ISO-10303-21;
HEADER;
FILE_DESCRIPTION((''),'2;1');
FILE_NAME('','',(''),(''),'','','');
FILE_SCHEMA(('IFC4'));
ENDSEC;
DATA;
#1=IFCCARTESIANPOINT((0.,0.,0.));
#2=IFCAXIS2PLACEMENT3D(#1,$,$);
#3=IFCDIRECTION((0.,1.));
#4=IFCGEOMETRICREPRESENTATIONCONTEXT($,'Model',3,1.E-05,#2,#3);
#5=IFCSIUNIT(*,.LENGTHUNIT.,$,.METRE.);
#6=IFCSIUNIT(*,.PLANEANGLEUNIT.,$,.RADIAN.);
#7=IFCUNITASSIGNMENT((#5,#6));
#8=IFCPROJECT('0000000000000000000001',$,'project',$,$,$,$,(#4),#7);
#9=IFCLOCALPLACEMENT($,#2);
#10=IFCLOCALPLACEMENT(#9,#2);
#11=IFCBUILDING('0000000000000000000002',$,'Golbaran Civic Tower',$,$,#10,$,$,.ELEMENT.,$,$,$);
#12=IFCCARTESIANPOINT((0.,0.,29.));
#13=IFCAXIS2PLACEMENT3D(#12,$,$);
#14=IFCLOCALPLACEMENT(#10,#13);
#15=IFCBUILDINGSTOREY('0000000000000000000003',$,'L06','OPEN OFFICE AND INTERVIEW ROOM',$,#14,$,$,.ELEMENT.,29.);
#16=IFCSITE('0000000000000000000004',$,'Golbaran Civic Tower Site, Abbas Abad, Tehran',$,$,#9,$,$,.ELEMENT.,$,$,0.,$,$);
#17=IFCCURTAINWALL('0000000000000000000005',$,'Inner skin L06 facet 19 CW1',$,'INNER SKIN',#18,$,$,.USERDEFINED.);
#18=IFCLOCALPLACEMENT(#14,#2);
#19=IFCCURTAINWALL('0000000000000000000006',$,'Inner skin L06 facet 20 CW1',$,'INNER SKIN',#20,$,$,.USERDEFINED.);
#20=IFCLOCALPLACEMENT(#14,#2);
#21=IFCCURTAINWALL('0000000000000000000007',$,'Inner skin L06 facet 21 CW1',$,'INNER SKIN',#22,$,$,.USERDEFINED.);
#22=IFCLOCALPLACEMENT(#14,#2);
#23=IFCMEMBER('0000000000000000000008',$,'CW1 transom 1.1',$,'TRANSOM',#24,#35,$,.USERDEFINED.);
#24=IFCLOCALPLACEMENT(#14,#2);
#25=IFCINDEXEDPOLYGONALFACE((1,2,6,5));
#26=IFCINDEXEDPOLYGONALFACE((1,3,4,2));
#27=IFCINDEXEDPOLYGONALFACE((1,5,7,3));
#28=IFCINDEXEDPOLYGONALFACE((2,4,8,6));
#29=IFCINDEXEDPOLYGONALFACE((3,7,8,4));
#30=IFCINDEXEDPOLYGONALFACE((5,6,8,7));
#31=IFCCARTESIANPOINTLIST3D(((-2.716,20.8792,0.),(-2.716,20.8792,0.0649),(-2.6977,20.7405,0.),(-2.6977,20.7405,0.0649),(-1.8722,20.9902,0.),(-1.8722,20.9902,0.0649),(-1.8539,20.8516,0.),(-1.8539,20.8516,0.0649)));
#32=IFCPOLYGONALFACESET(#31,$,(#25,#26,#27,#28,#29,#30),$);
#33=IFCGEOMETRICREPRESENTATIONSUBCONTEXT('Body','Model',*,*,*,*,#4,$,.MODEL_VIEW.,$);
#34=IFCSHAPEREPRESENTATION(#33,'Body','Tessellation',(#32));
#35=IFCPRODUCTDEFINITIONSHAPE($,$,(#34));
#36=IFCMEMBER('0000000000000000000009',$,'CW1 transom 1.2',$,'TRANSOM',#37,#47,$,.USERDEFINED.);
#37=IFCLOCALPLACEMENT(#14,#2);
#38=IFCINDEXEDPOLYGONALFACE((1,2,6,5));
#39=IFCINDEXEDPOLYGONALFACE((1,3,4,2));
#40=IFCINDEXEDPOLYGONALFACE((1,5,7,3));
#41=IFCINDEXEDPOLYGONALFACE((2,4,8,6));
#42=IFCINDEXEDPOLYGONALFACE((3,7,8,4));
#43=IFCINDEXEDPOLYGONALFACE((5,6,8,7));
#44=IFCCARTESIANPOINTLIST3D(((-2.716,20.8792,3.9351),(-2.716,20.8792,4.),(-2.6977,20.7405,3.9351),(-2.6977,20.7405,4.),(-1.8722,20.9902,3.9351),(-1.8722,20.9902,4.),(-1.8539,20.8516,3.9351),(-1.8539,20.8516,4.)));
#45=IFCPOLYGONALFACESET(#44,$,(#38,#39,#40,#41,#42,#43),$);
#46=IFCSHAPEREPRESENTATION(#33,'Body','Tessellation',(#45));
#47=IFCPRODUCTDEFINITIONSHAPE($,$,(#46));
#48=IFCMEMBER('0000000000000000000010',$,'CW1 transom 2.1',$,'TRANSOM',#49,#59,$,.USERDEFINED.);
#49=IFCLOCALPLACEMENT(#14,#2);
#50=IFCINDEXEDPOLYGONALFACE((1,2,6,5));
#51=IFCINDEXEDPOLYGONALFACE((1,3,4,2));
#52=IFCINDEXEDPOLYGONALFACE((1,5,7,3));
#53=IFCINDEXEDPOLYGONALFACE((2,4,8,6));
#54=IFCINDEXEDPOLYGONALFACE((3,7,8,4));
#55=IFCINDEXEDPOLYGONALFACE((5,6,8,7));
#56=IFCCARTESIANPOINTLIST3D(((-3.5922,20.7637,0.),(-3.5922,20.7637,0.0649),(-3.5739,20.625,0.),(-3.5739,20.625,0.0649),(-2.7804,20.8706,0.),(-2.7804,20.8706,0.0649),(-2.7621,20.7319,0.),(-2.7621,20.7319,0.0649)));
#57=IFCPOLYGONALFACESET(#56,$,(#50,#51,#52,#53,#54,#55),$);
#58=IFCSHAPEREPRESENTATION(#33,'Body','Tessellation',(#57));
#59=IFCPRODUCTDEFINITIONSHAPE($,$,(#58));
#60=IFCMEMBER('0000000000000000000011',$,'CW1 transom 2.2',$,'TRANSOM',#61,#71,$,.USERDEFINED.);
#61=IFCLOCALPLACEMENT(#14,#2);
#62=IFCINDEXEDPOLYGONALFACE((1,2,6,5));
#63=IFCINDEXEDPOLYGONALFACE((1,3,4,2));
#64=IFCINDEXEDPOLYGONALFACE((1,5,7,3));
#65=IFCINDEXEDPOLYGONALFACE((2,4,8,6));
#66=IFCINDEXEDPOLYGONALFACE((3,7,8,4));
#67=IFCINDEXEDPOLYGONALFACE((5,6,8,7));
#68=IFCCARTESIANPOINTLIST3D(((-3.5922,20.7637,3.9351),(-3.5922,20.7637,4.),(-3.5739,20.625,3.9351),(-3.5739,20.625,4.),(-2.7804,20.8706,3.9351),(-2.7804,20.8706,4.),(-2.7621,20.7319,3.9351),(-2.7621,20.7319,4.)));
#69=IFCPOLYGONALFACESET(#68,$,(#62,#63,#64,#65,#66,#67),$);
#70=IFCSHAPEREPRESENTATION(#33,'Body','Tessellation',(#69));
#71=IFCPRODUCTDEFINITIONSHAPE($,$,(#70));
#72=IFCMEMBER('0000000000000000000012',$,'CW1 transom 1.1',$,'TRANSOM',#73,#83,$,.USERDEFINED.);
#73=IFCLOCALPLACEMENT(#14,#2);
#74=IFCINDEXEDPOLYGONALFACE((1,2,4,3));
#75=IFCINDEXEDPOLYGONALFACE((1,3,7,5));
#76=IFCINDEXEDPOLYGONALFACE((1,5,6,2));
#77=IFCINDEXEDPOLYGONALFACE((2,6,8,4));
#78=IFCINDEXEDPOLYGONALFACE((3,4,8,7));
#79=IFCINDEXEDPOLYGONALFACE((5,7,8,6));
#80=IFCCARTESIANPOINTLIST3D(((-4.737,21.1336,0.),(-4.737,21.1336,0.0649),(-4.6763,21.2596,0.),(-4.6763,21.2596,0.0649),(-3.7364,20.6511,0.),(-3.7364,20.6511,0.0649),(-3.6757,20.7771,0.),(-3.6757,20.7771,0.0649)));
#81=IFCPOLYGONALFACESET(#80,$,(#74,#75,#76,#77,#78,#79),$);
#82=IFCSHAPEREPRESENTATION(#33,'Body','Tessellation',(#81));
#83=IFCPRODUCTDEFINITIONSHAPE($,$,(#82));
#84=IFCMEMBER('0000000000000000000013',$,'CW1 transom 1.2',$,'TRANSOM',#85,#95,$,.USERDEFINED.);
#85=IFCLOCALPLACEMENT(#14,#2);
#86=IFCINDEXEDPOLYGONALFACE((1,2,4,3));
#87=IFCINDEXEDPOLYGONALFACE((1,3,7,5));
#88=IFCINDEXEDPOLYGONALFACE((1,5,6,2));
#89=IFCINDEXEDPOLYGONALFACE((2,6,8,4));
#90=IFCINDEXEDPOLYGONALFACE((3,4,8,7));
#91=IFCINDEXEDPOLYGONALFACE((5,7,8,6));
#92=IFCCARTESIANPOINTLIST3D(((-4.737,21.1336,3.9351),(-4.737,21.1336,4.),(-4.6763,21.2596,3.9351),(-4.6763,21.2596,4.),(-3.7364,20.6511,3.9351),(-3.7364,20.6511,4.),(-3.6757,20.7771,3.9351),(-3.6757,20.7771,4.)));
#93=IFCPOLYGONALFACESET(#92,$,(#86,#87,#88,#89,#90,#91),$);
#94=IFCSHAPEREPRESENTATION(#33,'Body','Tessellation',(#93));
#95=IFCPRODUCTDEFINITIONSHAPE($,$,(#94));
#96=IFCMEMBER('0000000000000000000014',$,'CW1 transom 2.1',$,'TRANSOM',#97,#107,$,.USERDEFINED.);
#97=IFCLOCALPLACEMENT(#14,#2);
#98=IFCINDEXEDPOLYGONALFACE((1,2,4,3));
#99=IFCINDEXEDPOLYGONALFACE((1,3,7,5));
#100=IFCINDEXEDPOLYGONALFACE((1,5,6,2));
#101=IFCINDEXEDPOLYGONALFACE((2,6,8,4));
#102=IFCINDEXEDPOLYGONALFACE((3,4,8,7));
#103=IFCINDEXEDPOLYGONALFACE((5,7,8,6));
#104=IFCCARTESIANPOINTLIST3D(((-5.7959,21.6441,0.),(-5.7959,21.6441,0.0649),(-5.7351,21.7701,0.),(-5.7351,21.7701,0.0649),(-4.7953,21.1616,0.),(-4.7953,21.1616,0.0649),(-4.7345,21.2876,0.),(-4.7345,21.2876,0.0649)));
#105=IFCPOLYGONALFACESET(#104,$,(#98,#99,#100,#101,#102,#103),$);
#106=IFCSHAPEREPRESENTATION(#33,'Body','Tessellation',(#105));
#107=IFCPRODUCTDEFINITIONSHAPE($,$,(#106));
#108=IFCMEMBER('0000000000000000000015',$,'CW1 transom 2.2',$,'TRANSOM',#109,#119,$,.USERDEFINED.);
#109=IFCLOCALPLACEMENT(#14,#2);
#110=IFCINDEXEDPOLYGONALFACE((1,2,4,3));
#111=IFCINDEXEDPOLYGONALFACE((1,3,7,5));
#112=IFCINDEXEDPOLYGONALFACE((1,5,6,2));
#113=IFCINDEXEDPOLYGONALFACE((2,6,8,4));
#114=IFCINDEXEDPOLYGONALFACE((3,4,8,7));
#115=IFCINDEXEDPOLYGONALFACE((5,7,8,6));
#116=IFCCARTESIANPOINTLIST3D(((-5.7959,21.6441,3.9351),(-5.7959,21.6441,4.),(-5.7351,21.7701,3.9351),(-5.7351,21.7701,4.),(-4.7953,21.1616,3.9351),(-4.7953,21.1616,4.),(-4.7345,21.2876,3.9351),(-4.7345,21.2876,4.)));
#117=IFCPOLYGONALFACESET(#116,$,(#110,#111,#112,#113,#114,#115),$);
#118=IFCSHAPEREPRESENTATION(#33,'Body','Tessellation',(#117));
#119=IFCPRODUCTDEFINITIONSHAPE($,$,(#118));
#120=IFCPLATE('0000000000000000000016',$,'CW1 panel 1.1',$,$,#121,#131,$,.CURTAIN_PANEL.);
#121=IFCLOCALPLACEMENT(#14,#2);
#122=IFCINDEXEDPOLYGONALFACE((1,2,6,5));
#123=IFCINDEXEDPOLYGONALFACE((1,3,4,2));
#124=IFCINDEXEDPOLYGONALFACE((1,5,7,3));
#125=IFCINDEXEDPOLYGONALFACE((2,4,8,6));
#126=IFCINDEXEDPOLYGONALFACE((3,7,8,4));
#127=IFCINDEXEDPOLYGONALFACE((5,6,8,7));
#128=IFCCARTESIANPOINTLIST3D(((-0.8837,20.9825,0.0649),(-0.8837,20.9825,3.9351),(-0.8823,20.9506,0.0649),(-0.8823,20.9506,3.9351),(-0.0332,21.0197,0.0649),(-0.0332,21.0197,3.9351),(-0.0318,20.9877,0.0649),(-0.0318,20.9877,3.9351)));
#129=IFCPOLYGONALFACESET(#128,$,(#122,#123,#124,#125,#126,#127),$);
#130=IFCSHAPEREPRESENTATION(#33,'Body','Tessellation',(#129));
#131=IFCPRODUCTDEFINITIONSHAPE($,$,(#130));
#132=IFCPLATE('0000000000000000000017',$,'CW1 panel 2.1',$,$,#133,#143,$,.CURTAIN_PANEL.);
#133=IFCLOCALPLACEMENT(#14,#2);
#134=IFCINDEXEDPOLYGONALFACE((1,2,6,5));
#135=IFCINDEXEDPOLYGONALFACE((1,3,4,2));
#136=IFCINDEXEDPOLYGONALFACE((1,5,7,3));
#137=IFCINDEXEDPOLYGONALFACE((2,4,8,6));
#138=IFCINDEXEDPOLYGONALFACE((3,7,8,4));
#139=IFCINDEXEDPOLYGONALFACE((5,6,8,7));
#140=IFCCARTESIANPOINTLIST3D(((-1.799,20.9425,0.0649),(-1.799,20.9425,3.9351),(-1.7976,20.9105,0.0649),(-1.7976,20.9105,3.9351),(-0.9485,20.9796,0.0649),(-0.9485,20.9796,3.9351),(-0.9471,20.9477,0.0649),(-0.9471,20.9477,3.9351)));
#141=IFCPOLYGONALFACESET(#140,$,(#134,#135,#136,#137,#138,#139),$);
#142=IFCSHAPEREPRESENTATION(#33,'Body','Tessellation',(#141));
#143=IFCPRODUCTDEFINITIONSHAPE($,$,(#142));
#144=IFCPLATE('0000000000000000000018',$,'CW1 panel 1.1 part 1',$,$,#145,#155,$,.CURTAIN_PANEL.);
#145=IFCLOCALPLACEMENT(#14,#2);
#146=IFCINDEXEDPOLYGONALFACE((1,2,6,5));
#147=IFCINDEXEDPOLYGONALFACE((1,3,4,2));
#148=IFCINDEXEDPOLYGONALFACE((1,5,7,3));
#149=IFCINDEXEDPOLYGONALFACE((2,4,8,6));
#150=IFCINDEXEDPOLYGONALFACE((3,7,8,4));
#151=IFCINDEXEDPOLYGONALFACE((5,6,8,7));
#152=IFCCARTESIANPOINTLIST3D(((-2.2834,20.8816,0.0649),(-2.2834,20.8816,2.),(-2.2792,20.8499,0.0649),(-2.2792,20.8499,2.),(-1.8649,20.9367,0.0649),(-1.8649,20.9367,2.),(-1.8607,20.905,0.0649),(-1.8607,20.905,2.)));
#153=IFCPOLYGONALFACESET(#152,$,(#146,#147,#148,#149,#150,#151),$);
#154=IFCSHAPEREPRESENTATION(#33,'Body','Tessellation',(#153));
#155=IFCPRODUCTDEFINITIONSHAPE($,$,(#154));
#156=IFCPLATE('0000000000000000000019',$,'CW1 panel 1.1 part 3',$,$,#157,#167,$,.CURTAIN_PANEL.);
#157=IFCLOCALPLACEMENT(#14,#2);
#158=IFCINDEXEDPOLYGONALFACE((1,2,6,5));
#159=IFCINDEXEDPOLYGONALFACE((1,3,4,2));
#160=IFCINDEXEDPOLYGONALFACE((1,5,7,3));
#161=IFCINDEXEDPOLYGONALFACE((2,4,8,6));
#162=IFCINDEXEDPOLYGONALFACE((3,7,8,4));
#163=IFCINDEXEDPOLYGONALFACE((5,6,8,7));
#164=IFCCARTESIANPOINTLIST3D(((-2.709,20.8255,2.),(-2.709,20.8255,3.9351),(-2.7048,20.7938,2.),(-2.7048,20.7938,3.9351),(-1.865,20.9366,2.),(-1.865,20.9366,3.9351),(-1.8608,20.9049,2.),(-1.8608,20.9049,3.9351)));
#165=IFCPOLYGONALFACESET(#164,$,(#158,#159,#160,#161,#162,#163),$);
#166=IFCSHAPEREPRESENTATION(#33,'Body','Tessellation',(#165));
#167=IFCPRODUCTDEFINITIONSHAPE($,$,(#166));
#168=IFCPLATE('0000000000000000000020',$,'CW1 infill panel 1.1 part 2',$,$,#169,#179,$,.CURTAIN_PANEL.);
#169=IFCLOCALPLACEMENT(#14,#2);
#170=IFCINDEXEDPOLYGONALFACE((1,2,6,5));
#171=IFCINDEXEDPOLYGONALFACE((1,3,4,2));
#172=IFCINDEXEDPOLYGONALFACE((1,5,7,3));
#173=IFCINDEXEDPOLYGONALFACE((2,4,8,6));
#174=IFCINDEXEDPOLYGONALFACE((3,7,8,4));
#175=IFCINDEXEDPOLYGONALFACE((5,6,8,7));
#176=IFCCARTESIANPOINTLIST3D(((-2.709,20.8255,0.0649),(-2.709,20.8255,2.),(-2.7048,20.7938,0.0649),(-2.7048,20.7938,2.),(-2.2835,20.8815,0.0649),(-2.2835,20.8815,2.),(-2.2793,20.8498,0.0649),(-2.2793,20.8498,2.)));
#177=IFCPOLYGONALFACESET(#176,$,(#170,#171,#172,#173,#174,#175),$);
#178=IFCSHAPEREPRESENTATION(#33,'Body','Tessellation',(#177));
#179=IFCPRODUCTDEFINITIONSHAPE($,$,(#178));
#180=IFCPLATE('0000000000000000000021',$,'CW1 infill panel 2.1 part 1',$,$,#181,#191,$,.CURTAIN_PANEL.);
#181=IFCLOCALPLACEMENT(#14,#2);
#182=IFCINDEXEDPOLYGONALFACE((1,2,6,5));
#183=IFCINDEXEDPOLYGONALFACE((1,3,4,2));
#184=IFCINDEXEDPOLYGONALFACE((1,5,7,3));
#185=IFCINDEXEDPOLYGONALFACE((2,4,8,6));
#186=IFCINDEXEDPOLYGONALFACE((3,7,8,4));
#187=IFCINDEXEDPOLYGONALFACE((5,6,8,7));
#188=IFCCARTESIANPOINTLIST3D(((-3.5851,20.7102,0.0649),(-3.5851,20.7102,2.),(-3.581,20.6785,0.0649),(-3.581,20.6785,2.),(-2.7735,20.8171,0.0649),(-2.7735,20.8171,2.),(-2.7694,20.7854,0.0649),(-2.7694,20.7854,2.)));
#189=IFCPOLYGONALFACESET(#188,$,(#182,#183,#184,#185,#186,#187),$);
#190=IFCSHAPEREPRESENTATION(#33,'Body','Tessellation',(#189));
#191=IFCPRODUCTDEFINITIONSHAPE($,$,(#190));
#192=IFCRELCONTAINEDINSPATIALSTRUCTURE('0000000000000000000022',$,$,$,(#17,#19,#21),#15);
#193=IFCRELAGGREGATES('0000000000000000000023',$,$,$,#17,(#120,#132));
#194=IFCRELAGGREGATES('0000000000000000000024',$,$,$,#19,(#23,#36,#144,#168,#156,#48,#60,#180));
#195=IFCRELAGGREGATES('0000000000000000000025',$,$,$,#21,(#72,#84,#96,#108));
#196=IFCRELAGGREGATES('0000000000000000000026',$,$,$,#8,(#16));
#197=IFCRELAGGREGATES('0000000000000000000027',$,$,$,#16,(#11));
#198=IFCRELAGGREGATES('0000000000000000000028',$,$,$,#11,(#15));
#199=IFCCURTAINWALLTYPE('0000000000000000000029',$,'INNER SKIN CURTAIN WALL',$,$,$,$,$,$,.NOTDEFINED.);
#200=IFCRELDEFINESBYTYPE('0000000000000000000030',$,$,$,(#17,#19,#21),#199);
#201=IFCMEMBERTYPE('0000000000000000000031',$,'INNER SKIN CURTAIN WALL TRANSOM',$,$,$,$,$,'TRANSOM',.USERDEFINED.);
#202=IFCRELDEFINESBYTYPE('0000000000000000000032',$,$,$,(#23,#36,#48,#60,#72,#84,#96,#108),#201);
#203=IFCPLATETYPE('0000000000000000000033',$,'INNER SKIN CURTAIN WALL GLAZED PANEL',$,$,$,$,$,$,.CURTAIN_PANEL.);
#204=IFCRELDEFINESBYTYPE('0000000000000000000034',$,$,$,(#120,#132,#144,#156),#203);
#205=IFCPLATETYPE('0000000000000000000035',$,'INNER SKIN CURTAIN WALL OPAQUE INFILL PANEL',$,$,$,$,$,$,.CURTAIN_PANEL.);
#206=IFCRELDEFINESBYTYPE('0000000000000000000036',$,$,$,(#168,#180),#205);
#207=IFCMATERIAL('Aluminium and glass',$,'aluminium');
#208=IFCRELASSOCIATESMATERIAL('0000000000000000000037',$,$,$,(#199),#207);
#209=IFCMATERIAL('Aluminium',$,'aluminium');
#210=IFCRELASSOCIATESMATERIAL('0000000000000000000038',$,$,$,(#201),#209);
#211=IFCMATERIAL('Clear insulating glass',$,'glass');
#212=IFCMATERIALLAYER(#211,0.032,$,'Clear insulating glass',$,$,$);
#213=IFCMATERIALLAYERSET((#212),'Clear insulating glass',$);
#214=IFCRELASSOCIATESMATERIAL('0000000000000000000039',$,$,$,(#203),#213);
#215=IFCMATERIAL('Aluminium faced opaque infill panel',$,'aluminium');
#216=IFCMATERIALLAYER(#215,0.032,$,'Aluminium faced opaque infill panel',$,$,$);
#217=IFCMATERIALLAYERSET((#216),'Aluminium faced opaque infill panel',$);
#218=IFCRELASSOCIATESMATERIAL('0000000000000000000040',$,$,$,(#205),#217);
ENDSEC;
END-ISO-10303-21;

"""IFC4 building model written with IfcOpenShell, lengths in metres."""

from ifc_helpers import new_model, si_unit, direction, frame, origin, origin_2d, place, context, subcontext, project, spatial, rectangle, extrude, material, layer, layer_set, material_profile, profile_set, type_object, element, aggregate, save


model = new_model("IFC4")

# Units and contexts
model_context = context("Model", 3, precision=1e-05, world=origin(), true_north=direction((0.0, 1.0)))
body_context = subcontext(model_context, "Body", "Model", "MODEL_VIEW")
ifc_project = project(units=[si_unit("LENGTHUNIT", "METRE"), si_unit("PLANEANGLEUNIT", "RADIAN")], contexts=[model_context])

# Site, building, storey
site_placement = place(None, origin())
site = spatial("IfcSite", under=ifc_project, at=site_placement, Name="Golbaran Civic Tower Site, Abbas Abad, Tehran", CompositionType="ELEMENT", RefElevation=0.0)
building_placement = place(site_placement, origin())
building = spatial("IfcBuilding", under=site, at=building_placement, Name="Golbaran Civic Tower", CompositionType="ELEMENT")
storey_placement = place(building_placement, frame((0.0, 0.0, 29.0)))
storey = spatial("IfcBuildingStorey", under=building, at=storey_placement, Name="L06", Description="OPEN OFFICE AND INTERVIEW ROOM", CompositionType="ELEMENT", Elevation=29.0)

# Shared definitions
ifc_material_1 = material(Name="Aluminium and glass", Category="aluminium")
curtain_wall_type = type_object("IfcCurtainWallType", Name="INNER SKIN CURTAIN WALL", PredefinedType="NOTDEFINED", material=ifc_material_1)
ifc_material_2 = material(Name="Aluminium", Category="aluminium")

# Curtain walls
curtain_wall_1_placement = place(storey_placement, origin())
curtain_wall_1 = element("IfcCurtainWall", 1, at=curtain_wall_1_placement, inside=storey, type_object=curtain_wall_type, Name="Inner skin L06 facet 19 CW1", ObjectType="INNER SKIN", PredefinedType="USERDEFINED")
curtain_wall_2_placement = place(storey_placement, origin())
curtain_wall_2 = element("IfcCurtainWall", 2, at=curtain_wall_2_placement, inside=storey, type_object=curtain_wall_type, Name="Inner skin L06 facet 20 CW1", ObjectType="INNER SKIN", PredefinedType="USERDEFINED")
curtain_wall_3_placement = place(storey_placement, origin())
curtain_wall_3 = element("IfcCurtainWall", 3, at=curtain_wall_3_placement, inside=storey, type_object=curtain_wall_type, Name="Inner skin L06 facet 21 CW1", ObjectType="INNER SKIN", PredefinedType="USERDEFINED")

# Members
ifc_material_profile_1 = material_profile(ifc_material_2, rectangle(XDim=0.1399, YDim=0.0649, at=origin_2d()), Name="INNER SKIN CURTAIN WALL TRANSOM")
ifc_profile_set_1 = profile_set([ifc_material_profile_1], Name="Aluminium")
member_type_1 = type_object("IfcMemberType", Name="INNER SKIN CURTAIN WALL TRANSOM", ElementType="TRANSOM", PredefinedType="USERDEFINED", material=ifc_profile_set_1)
member_1_placement = place(storey_placement, frame((-1.863, 20.9209, 0.0325), z_axis=(-0.991445, -0.130529, 0.0), x_axis=(0.130529, -0.991445, 0.0)))
member_1 = element("IfcMember", 4, at=member_1_placement, type_object=member_type_1, Name="CW1 transom 1.1", ObjectType="TRANSOM", PredefinedType="USERDEFINED", context=body_context, shape_type="SweptSolid", body=[
    extrude(rectangle(XDim=0.1399, YDim=0.0649, at=origin_2d()), origin(), (0.0, 0.0, 1.0), 0.8511),
])
member_2_placement = place(storey_placement, frame((-1.863, 20.9209, 3.9675), z_axis=(-0.991445, -0.130529, 0.0), x_axis=(0.130529, -0.991445, 0.0)))
member_2 = element("IfcMember", 5, at=member_2_placement, type_object=member_type_1, Name="CW1 transom 1.2", ObjectType="TRANSOM", PredefinedType="USERDEFINED", context=body_context, shape_type="SweptSolid", body=[
    extrude(rectangle(XDim=0.1399, YDim=0.0649, at=origin_2d()), origin(), (0.0, 0.0, 1.0), 0.8511),
])
member_3_placement = place(storey_placement, frame((-2.7712, 20.8013, 0.0325), z_axis=(-0.991435, -0.130601, 0.0), x_axis=(0.130601, -0.991435, 0.0)))
member_3 = element("IfcMember", 6, at=member_3_placement, type_object=member_type_1, Name="CW1 transom 2.1", ObjectType="TRANSOM", PredefinedType="USERDEFINED", context=body_context, shape_type="SweptSolid", body=[
    extrude(rectangle(XDim=0.1399, YDim=0.0649, at=origin_2d()), origin(), (0.0, 0.0, 1.0), 0.8188),
])
member_4_placement = place(storey_placement, frame((-2.7712, 20.8013, 3.9675), z_axis=(-0.991435, -0.130601, 0.0), x_axis=(0.130601, -0.991435, 0.0)))
member_4 = element("IfcMember", 7, at=member_4_placement, type_object=member_type_1, Name="CW1 transom 2.2", ObjectType="TRANSOM", PredefinedType="USERDEFINED", context=body_context, shape_type="SweptSolid", body=[
    extrude(rectangle(XDim=0.1399, YDim=0.0649, at=origin_2d()), origin(), (0.0, 0.0, 1.0), 0.8188),
])
member_5_placement = place(storey_placement, frame((-3.7061, 20.7141, 0.0325), z_axis=(-0.900753, 0.434331, 0.0), x_axis=(-0.434331, -0.900753, 0.0)))
member_5 = element("IfcMember", 8, at=member_5_placement, type_object=member_type_1, Name="CW1 transom 1.1", ObjectType="TRANSOM", PredefinedType="USERDEFINED", context=body_context, shape_type="SweptSolid", body=[
    extrude(rectangle(XDim=0.1399, YDim=0.0649, at=origin_2d()), origin(), (0.0, 0.0, 1.0), 1.1108),
])
member_6_placement = place(storey_placement, frame((-3.7061, 20.7141, 3.9675), z_axis=(-0.900753, 0.434331, 0.0), x_axis=(-0.434331, -0.900753, 0.0)))
member_6 = element("IfcMember", 9, at=member_6_placement, type_object=member_type_1, Name="CW1 transom 1.2", ObjectType="TRANSOM", PredefinedType="USERDEFINED", context=body_context, shape_type="SweptSolid", body=[
    extrude(rectangle(XDim=0.1399, YDim=0.0649, at=origin_2d()), origin(), (0.0, 0.0, 1.0), 1.1108),
])
member_7_placement = place(storey_placement, frame((-4.7649, 21.2246, 0.0325), z_axis=(-0.900753, 0.434331, 0.0), x_axis=(-0.434331, -0.900753, 0.0)))
member_7 = element("IfcMember", 10, at=member_7_placement, type_object=member_type_1, Name="CW1 transom 2.1", ObjectType="TRANSOM", PredefinedType="USERDEFINED", context=body_context, shape_type="SweptSolid", body=[
    extrude(rectangle(XDim=0.1399, YDim=0.0649, at=origin_2d()), origin(), (0.0, 0.0, 1.0), 1.1108),
])
member_8_placement = place(storey_placement, frame((-4.7649, 21.2246, 3.9675), z_axis=(-0.900753, 0.434331, 0.0), x_axis=(-0.434331, -0.900753, 0.0)))
member_8 = element("IfcMember", 11, at=member_8_placement, type_object=member_type_1, Name="CW1 transom 2.2", ObjectType="TRANSOM", PredefinedType="USERDEFINED", context=body_context, shape_type="SweptSolid", body=[
    extrude(rectangle(XDim=0.1399, YDim=0.0649, at=origin_2d()), origin(), (0.0, 0.0, 1.0), 1.1108),
])

# Plates
ifc_material_3 = material(Name="Clear insulating glass", Category="glass")
ifc_layer_1 = layer(ifc_material_3, 0.032, Name="Clear insulating glass")
ifc_layer_set_1 = layer_set([ifc_layer_1], Name="Clear insulating glass")
plate_type_1 = type_object("IfcPlateType", Name="INNER SKIN CURTAIN WALL GLAZED PANEL", PredefinedType="CURTAIN_PANEL", material=ifc_layer_set_1)
plate_1_placement = place(storey_placement, frame((-0.4578, 20.9851, 0.0649), z_axis=(0.0, 0.0, 1.0), x_axis=(-0.999048, -0.043619, 0.0)))
plate_1 = element("IfcPlate", 12, at=plate_1_placement, type_object=plate_type_1, Name="CW1 panel 1.1", PredefinedType="CURTAIN_PANEL", context=body_context, shape_type="SweptSolid", body=[
    extrude(rectangle(XDim=0.8513, YDim=0.032, at=origin_2d()), origin(), (0.0, 0.0, 1.0), 3.8701),
])
plate_2_placement = place(storey_placement, frame((-1.373, 20.9451, 0.0649), z_axis=(0.0, 0.0, 1.0), x_axis=(-0.999048, -0.043619, 0.0)))
plate_2 = element("IfcPlate", 13, at=plate_2_placement, type_object=plate_type_1, Name="CW1 panel 2.1", PredefinedType="CURTAIN_PANEL", context=body_context, shape_type="SweptSolid", body=[
    extrude(rectangle(XDim=0.8513, YDim=0.032, at=origin_2d()), origin(), (0.0, 0.0, 1.0), 3.8701),
])
aggregate(curtain_wall_1, [plate_1, plate_2])
plate_3_placement = place(storey_placement, frame((-2.072, 20.8933, 0.0649), z_axis=(0.0, 0.0, 1.0), x_axis=(-0.991445, -0.130526, 0.0)))
plate_3 = element("IfcPlate", 14, at=plate_3_placement, type_object=plate_type_1, Name="CW1 panel 1.1 part 1", PredefinedType="CURTAIN_PANEL", context=body_context, shape_type="SweptSolid", body=[
    extrude(rectangle(XDim=0.4221, YDim=0.032, at=origin_2d()), origin(), (0.0, 0.0, 1.0), 1.9351),
])
plate_4_placement = place(storey_placement, frame((-2.2849, 20.8652, 2.0), z_axis=(0.0, 0.0, 1.0), x_axis=(-0.991445, -0.130526, 0.0)))
plate_4 = element("IfcPlate", 15, at=plate_4_placement, type_object=plate_type_1, Name="CW1 panel 1.1 part 3", PredefinedType="CURTAIN_PANEL", context=body_context, shape_type="SweptSolid", body=[
    extrude(rectangle(XDim=0.8513, YDim=0.032, at=origin_2d()), origin(), (0.0, 0.0, 1.0), 1.9351),
])
ifc_material_4 = material(Name="Aluminium faced opaque infill panel", Category="aluminium")
ifc_layer_2 = layer(ifc_material_4, 0.032, Name="Aluminium faced opaque infill panel")
ifc_layer_set_2 = layer_set([ifc_layer_2], Name="Aluminium faced opaque infill panel")
plate_type_2 = type_object("IfcPlateType", Name="INNER SKIN CURTAIN WALL OPAQUE INFILL PANEL", PredefinedType="CURTAIN_PANEL", material=ifc_layer_set_2)
plate_5_placement = place(storey_placement, frame((-2.4941, 20.8376, 0.0649), z_axis=(0.0, 0.0, 1.0), x_axis=(-0.991445, -0.130526, 0.0)))
plate_5 = element("IfcPlate", 16, at=plate_5_placement, type_object=plate_type_2, Name="CW1 infill panel 1.1 part 2", PredefinedType="CURTAIN_PANEL", context=body_context, shape_type="SweptSolid", body=[
    extrude(rectangle(XDim=0.4292, YDim=0.032, at=origin_2d()), origin(), (0.0, 0.0, 1.0), 1.9351),
])
plate_6_placement = place(storey_placement, frame((-3.1772, 20.7478, 0.0649), z_axis=(0.0, 0.0, 1.0), x_axis=(-0.991445, -0.130526, 0.0)))
plate_6 = element("IfcPlate", 17, at=plate_6_placement, type_object=plate_type_2, Name="CW1 infill panel 2.1 part 1", PredefinedType="CURTAIN_PANEL", context=body_context, shape_type="SweptSolid", body=[
    extrude(rectangle(XDim=0.8186, YDim=0.032, at=origin_2d()), origin(), (0.0, 0.0, 1.0), 1.9351),
])
aggregate(curtain_wall_2, [member_1, member_2, plate_3, plate_5, plate_4, member_3, member_4, plate_6])
aggregate(curtain_wall_3, [member_5, member_6, member_7, member_8])

save(model, "model.ifc")
